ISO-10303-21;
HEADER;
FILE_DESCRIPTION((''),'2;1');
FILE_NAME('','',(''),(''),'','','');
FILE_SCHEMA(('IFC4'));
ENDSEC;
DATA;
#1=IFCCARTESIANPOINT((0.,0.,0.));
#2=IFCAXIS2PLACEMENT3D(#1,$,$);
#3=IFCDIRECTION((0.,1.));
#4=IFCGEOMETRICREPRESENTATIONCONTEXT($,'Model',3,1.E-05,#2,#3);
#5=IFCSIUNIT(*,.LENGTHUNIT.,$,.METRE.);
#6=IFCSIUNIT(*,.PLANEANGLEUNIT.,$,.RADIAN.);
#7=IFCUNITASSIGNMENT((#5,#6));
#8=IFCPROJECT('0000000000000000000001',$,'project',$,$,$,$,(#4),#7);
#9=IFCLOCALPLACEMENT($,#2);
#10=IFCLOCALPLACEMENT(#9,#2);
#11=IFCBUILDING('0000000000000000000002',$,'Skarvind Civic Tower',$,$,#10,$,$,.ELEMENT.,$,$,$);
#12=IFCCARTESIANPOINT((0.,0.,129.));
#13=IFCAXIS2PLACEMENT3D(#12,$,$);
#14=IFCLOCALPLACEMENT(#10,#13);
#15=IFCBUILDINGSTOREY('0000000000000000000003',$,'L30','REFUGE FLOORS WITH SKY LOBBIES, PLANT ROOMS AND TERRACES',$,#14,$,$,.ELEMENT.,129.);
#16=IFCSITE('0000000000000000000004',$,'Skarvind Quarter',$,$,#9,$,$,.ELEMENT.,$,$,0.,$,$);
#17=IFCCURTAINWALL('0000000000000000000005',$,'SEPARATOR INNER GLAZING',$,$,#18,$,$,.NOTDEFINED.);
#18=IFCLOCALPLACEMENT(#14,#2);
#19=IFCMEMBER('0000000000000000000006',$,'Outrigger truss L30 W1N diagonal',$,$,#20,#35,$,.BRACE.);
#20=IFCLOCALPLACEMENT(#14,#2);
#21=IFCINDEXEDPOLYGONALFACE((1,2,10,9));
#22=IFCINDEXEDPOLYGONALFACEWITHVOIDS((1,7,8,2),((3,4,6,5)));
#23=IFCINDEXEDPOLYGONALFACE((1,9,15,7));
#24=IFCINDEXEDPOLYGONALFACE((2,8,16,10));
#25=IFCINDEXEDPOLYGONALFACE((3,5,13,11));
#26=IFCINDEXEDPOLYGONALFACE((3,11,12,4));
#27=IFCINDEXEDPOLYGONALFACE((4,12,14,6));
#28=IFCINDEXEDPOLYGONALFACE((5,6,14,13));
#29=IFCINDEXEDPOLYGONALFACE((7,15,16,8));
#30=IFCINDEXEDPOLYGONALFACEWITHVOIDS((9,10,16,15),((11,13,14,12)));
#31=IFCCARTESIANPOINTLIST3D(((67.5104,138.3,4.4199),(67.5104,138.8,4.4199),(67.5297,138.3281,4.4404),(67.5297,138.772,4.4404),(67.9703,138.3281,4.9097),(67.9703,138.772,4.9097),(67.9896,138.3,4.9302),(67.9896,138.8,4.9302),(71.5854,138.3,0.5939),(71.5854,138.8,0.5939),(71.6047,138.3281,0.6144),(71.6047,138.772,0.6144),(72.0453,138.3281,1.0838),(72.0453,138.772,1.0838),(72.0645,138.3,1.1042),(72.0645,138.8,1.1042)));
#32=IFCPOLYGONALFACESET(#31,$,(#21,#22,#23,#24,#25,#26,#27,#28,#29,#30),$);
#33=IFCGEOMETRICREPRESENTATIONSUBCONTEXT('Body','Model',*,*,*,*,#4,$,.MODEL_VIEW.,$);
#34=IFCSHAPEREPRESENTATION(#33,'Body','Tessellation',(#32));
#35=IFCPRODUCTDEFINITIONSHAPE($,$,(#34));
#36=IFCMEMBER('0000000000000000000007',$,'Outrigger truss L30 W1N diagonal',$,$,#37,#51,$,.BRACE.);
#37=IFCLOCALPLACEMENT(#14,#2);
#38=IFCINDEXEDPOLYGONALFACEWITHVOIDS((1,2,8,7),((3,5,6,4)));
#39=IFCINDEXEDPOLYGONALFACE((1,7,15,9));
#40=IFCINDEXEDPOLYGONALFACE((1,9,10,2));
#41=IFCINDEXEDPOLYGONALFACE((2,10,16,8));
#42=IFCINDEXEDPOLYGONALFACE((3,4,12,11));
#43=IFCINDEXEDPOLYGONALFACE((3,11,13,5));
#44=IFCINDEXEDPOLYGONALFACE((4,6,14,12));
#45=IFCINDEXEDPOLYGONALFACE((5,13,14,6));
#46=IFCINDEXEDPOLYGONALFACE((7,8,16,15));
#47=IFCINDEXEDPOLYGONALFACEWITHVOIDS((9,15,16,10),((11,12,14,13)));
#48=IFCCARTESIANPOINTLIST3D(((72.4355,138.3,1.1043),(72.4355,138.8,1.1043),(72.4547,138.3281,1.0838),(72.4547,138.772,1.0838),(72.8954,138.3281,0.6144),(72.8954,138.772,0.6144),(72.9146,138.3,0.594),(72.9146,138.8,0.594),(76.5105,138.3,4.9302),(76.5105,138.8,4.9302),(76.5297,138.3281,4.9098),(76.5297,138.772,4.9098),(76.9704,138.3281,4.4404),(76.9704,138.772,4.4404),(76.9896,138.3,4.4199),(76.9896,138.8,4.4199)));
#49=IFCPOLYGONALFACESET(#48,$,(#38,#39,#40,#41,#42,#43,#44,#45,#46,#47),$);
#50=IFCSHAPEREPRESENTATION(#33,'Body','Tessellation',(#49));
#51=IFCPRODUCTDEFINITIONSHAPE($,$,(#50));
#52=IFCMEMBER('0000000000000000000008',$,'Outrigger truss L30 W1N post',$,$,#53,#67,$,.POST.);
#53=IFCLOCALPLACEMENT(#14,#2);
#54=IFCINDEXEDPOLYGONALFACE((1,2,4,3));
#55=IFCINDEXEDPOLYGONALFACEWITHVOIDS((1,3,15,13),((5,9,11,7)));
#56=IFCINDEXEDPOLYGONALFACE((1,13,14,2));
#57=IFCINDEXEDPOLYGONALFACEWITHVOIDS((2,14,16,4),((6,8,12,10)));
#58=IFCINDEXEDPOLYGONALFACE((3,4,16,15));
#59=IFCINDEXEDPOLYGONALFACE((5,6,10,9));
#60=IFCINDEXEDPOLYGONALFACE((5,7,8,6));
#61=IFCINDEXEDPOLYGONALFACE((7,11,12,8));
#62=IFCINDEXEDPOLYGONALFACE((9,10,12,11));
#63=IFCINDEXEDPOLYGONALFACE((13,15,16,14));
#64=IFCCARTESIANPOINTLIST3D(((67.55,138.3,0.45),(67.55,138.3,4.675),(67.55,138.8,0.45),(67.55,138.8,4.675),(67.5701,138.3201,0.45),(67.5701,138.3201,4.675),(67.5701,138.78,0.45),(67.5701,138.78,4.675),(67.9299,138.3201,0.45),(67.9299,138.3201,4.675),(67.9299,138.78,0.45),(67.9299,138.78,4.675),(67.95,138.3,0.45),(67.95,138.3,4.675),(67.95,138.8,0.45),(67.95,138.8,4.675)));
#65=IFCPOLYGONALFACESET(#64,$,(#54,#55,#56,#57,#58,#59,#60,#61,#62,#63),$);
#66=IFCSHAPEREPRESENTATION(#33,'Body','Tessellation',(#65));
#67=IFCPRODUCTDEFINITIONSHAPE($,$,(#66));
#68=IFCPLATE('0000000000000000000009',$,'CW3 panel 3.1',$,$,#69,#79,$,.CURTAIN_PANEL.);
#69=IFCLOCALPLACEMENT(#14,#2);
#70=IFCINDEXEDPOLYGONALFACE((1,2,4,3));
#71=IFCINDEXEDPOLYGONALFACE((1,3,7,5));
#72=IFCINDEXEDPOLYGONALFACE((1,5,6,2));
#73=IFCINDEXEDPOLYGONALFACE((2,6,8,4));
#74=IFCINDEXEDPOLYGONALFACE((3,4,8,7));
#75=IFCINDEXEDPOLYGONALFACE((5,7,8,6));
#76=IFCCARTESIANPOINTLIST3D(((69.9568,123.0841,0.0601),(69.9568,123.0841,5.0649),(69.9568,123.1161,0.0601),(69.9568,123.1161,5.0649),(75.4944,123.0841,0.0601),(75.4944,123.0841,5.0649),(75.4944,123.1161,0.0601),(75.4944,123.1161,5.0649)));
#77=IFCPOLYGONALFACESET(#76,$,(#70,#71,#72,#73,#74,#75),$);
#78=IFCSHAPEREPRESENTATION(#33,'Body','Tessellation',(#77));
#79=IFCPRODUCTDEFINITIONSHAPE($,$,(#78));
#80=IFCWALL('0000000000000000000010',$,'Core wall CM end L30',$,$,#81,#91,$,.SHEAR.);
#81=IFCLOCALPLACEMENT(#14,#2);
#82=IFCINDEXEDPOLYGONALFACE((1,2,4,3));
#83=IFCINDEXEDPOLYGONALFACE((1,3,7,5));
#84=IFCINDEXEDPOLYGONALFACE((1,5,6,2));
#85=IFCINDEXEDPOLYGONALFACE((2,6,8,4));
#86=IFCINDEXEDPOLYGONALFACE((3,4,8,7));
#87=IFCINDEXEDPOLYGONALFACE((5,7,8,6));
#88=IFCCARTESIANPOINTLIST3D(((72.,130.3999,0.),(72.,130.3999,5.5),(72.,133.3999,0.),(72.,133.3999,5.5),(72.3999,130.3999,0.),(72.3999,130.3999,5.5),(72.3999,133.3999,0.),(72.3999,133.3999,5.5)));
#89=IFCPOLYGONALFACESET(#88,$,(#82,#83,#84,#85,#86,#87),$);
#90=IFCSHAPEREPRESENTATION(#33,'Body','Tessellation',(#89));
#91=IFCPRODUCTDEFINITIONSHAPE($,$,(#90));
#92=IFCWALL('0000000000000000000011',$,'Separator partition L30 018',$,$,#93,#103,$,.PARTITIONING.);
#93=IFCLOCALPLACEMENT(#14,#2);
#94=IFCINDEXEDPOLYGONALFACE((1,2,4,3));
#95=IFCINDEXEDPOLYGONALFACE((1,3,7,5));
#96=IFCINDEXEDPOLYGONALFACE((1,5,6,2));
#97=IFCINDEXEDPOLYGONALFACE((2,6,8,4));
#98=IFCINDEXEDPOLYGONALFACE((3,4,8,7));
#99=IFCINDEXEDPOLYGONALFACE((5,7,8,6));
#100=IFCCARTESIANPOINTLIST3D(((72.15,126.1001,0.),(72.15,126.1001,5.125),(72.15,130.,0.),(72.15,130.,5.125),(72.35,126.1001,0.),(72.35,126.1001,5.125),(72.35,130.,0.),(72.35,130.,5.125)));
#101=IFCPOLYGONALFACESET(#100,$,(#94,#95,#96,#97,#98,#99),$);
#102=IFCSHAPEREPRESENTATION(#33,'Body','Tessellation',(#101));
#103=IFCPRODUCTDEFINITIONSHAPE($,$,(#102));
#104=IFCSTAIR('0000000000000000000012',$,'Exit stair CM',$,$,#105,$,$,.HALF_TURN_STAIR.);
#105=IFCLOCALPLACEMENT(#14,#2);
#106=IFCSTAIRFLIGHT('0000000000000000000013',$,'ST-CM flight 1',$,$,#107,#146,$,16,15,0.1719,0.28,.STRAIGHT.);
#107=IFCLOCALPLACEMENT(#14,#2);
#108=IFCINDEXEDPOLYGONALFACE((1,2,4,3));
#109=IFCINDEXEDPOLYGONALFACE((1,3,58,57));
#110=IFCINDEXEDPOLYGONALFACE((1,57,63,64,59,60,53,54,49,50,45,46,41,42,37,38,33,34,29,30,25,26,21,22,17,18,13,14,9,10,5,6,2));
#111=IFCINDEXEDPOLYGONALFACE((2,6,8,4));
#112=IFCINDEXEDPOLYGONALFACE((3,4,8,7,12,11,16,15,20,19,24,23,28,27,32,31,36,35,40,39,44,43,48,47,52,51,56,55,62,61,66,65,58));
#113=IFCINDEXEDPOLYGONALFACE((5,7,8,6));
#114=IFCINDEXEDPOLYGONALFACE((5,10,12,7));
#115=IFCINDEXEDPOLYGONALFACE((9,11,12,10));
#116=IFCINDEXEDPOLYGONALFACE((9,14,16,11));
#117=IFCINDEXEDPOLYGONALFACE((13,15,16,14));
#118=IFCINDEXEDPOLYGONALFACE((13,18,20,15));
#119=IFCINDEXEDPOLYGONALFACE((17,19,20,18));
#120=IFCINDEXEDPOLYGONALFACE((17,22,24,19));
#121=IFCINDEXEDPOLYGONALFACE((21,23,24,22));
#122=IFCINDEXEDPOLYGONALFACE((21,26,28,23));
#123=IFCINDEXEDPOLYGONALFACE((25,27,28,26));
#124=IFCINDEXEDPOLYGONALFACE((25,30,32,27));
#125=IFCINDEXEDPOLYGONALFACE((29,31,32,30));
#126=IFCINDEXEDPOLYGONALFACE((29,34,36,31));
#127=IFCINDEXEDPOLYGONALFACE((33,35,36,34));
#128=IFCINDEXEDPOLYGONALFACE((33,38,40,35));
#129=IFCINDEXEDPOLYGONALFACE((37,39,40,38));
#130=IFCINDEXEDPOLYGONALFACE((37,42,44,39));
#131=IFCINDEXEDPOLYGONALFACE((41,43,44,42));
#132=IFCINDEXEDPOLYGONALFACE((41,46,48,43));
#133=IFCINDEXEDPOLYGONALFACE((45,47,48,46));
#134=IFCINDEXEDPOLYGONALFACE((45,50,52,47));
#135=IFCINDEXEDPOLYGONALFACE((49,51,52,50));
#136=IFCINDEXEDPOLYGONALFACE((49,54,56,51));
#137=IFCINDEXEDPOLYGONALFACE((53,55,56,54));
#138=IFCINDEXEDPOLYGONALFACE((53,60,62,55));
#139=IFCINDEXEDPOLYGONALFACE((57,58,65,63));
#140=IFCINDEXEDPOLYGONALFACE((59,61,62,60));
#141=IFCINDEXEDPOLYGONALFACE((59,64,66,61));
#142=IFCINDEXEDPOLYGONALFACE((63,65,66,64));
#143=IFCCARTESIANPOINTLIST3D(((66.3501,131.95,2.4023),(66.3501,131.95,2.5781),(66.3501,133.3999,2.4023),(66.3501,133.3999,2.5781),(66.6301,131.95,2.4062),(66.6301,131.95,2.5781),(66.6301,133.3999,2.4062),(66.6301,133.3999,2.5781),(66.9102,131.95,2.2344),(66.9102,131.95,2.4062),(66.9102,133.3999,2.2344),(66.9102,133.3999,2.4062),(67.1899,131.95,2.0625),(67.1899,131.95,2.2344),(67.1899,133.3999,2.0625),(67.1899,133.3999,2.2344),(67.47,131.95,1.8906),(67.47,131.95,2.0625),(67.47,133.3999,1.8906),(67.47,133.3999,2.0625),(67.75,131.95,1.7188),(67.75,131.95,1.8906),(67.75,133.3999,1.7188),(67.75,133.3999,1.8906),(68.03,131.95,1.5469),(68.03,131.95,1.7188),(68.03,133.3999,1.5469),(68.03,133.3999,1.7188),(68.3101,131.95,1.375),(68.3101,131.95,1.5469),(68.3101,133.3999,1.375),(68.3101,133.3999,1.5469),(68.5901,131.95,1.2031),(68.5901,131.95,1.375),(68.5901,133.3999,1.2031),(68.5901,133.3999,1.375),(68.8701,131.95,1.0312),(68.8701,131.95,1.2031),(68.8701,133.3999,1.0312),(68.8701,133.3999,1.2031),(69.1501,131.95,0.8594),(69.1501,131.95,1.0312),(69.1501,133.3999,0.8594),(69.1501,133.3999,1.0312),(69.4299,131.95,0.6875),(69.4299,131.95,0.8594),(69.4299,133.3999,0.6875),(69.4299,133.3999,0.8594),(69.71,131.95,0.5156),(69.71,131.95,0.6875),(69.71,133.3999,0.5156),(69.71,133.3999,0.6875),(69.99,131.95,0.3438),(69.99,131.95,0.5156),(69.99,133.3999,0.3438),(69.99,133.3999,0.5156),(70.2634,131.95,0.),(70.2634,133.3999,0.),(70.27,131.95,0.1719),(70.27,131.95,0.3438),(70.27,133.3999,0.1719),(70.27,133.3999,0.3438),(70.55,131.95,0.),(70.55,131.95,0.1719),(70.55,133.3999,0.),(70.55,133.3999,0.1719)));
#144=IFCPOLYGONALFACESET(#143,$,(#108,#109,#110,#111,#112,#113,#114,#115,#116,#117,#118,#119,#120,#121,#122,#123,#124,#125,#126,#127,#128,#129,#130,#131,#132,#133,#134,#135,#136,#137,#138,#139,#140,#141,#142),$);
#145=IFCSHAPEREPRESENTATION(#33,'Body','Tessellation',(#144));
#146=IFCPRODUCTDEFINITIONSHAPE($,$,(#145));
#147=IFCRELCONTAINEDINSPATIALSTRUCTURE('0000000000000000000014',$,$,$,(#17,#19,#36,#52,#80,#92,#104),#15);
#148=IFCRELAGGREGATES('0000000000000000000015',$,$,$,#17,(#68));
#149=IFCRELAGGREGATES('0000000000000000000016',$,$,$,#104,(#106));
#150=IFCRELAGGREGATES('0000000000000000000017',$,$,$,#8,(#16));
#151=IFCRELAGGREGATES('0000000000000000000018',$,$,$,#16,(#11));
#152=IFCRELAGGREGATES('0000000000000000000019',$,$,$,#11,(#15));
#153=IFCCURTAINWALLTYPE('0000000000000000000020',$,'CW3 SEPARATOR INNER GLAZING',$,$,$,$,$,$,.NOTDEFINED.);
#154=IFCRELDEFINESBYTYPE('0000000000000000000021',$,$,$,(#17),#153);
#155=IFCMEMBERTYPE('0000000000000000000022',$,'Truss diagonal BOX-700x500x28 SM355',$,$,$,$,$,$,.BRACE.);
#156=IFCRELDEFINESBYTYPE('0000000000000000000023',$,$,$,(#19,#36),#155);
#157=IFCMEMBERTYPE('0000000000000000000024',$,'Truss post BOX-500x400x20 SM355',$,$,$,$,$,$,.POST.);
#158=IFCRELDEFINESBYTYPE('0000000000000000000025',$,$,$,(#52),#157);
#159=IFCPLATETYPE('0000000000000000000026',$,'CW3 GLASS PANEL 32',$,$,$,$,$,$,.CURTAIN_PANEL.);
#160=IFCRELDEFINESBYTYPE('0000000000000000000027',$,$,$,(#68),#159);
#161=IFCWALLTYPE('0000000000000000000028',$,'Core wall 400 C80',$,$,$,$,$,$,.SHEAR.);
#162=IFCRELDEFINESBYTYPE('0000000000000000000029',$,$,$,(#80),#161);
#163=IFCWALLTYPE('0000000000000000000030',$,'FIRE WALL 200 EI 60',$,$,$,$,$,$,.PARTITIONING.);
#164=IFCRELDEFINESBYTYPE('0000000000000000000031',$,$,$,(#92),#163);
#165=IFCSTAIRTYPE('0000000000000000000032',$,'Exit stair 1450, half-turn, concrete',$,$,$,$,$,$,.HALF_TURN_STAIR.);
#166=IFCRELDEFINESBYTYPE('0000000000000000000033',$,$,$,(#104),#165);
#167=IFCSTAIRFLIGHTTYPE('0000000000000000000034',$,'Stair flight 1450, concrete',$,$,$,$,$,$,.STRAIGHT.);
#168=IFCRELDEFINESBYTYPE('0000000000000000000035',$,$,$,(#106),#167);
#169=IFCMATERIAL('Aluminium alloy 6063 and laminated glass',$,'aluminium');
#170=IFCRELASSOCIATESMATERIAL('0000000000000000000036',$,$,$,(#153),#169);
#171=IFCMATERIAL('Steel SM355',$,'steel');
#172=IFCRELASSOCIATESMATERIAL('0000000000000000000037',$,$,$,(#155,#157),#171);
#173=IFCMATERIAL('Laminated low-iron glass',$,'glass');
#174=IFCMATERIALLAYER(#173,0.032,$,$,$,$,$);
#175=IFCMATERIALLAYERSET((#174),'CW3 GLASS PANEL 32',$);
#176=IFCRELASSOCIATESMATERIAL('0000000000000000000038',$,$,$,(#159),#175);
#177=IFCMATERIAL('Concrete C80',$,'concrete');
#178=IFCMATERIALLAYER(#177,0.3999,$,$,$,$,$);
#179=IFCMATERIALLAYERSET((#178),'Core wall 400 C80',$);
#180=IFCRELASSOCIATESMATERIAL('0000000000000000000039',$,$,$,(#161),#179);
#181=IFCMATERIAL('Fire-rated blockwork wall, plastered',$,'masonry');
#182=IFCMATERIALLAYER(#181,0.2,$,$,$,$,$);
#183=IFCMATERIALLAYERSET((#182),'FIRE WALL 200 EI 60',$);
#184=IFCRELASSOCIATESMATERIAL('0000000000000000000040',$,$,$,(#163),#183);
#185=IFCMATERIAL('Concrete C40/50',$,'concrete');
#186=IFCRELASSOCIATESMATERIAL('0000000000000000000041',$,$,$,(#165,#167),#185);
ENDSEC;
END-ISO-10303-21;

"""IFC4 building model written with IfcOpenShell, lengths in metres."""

from ifc_helpers import new_model, si_unit, direction, frame, frame_2d, origin, origin_2d, place, context, subcontext, project, spatial, polyline, rectangle, hollow_rectangle, outline, extrude, material, layer, layer_set, material_profile, profile_set, type_object, element, aggregate, save


model = new_model("IFC4")

# Units and contexts
model_context = context("Model", 3, precision=1e-05, world=origin(), true_north=direction((0.0, 1.0)))
body_context = subcontext(model_context, "Body", "Model", "MODEL_VIEW")
ifc_project = project(units=[si_unit("LENGTHUNIT", "METRE"), si_unit("PLANEANGLEUNIT", "RADIAN")], contexts=[model_context])

# Site, building, storey
site_placement = place(None, origin())
site = spatial("IfcSite", under=ifc_project, at=site_placement, Name="Skarvind Quarter", CompositionType="ELEMENT", RefElevation=0.0)
building_placement = place(site_placement, origin())
building = spatial("IfcBuilding", under=site, at=building_placement, Name="Skarvind Civic Tower", CompositionType="ELEMENT")
storey_placement = place(building_placement, frame((0.0, 0.0, 129.0)))
storey = spatial("IfcBuildingStorey", under=building, at=storey_placement, Name="L30", Description="REFUGE FLOORS WITH SKY LOBBIES, PLANT ROOMS AND TERRACES", CompositionType="ELEMENT", Elevation=129.0)

# Shared definitions
ifc_material_1 = material(Name="Concrete C80", Category="concrete")

# Curtain wall
ifc_material_2 = material(Name="Aluminium alloy 6063 and laminated glass", Category="aluminium")
curtain_wall_type = type_object("IfcCurtainWallType", Name="CW3 SEPARATOR INNER GLAZING", PredefinedType="NOTDEFINED", material=ifc_material_2)
curtain_wall_1_placement = place(storey_placement, origin())
curtain_wall_1 = element("IfcCurtainWall", 1, at=curtain_wall_1_placement, inside=storey, type_object=curtain_wall_type, Name="SEPARATOR INNER GLAZING", PredefinedType="NOTDEFINED")

# Members
ifc_material_3 = material(Name="Steel SM355", Category="steel")
ifc_material_profile_1 = material_profile(ifc_material_3, hollow_rectangle(XDim=0.5, YDim=0.7, WallThickness=0.0281, at=origin_2d()), Name="BOX-700x500x28")
ifc_profile_set_1 = profile_set([ifc_material_profile_1], Name="Steel SM355")
member_type_1 = type_object("IfcMemberType", Name="Truss diagonal BOX-700x500x28 SM355", PredefinedType="BRACE", material=ifc_profile_set_1)
for number, where, z_axis, x_axis, name in (
    (2, (67.75, 138.55, 4.675), (0.729032, 0.0, -0.68448), (0.0, 1.0, 0.0), "Outrigger truss L30 W1N diagonal"),
    (3, (72.675, 138.55, 0.8491), (0.729032, 0.0, 0.68448), (0.0, 1.0, 0.0), "Outrigger truss L30 W1N diagonal"),
):
    element("IfcMember", number, at=place(storey_placement, frame(where, z_axis=z_axis, x_axis=x_axis)), inside=storey, type_object=member_type_1, Name=name, PredefinedType="BRACE", context=body_context, shape_type="SweptSolid", body=[
        extrude(hollow_rectangle(XDim=0.5, YDim=0.7, WallThickness=0.0281, at=origin_2d()), origin(), (0.0, 0.0, 1.0), 5.5896),
    ])
ifc_material_profile_2 = material_profile(ifc_material_3, hollow_rectangle(XDim=0.3999, YDim=0.5, WallThickness=0.02, at=origin_2d()), Name="BOX-500x400x20")
ifc_profile_set_2 = profile_set([ifc_material_profile_2], Name="Steel SM355")
member_type_2 = type_object("IfcMemberType", Name="Truss post BOX-500x400x20 SM355", PredefinedType="POST", material=ifc_profile_set_2)
member_1_placement = place(storey_placement, frame((67.75, 138.55, 0.45), z_axis=(0.0, 0.0, 1.0), x_axis=(1.0, 0.0, 0.0)))
element("IfcMember", 4, at=member_1_placement, inside=storey, type_object=member_type_2, Name="Outrigger truss L30 W1N post", PredefinedType="POST", context=body_context, shape_type="SweptSolid", body=[
    extrude(hollow_rectangle(XDim=0.3999, YDim=0.5, WallThickness=0.02, at=origin_2d()), origin(), (0.0, 0.0, 1.0), 4.2251),
])

# Plate
ifc_material_4 = material(Name="Laminated low-iron glass", Category="glass")
ifc_layer_1 = layer(ifc_material_4, 0.032)
ifc_layer_set_1 = layer_set([ifc_layer_1], Name="CW3 GLASS PANEL 32")
plate_type = type_object("IfcPlateType", Name="CW3 GLASS PANEL 32", PredefinedType="CURTAIN_PANEL", material=ifc_layer_set_1)
plate_placement = place(storey_placement, frame((72.7256, 123.1001, 0.0601), z_axis=(0.0, 0.0, 1.0), x_axis=(-1.0, 0.0, 0.0)))
plate = element("IfcPlate", 5, at=plate_placement, type_object=plate_type, Name="CW3 panel 3.1", PredefinedType="CURTAIN_PANEL", context=body_context, shape_type="SweptSolid", body=[
    extrude(rectangle(XDim=5.5376, YDim=0.032, at=origin_2d()), origin(), (0.0, 0.0, 1.0), 5.0049),
])
aggregate(curtain_wall_1, [plate])

# Walls
ifc_layer_2 = layer(ifc_material_1, 0.3999)
ifc_layer_set_2 = layer_set([ifc_layer_2], Name="Core wall 400 C80")
wall_type_1 = type_object("IfcWallType", Name="Core wall 400 C80", PredefinedType="SHEAR", material=ifc_layer_set_2)
wall_1_placement = place(storey_placement, frame((72.2, 130.3999, 0.0), z_axis=(0.0, 0.0, 1.0), x_axis=(0.0, 1.0, 0.0)))
element("IfcWall", 6, at=wall_1_placement, inside=storey, type_object=wall_type_1, Name="Core wall CM end L30", PredefinedType="SHEAR", context=body_context, shape_type="SweptSolid", body=[
    extrude(rectangle(XDim=3.0, YDim=0.3999, at=frame_2d((1.5, 0.0))), origin(), (0.0, 0.0, 1.0), 5.5),
])
ifc_material_5 = material(Name="Fire-rated blockwork wall, plastered", Category="masonry")
ifc_layer_3 = layer(ifc_material_5, 0.2)
ifc_layer_set_3 = layer_set([ifc_layer_3], Name="FIRE WALL 200 EI 60")
wall_type_2 = type_object("IfcWallType", Name="FIRE WALL 200 EI 60", PredefinedType="PARTITIONING", material=ifc_layer_set_3)
wall_2_placement = place(storey_placement, frame((72.25, 126.1001, 0.0), z_axis=(0.0, 0.0, 1.0), x_axis=(0.0, 1.0, 0.0)))
element("IfcWall", 7, at=wall_2_placement, inside=storey, type_object=wall_type_2, Name="Separator partition L30 018", PredefinedType="PARTITIONING", context=body_context, shape_type="SweptSolid", body=[
    extrude(rectangle(XDim=3.8999, YDim=0.2, at=frame_2d((1.95, 0.0))), origin(), (0.0, 0.0, 1.0), 5.125),
])

# Stair, stair flight
ifc_material_6 = material(Name="Concrete C40/50", Category="concrete")
stair_type = type_object("IfcStairType", Name="Exit stair 1450, half-turn, concrete", PredefinedType="HALF_TURN_STAIR", material=ifc_material_6)
stair_placement = place(storey_placement, origin())
stair = element("IfcStair", 8, at=stair_placement, inside=storey, type_object=stair_type, Name="Exit stair CM", PredefinedType="HALF_TURN_STAIR")
stair_flight_type = type_object("IfcStairFlightType", Name="Stair flight 1450, concrete", PredefinedType="STRAIGHT", material=ifc_material_6)
stair_flight_1_placement = place(storey_placement, frame((70.55, 132.675, 0.0), z_axis=(0.0, 0.0, 1.0), x_axis=(-1.0, 0.0, 0.0)))
stair_flight_1 = element("IfcStairFlight", 9, at=stair_flight_1_placement, type_object=stair_flight_type, Name="ST-CM flight 1", NumberOfRisers=16, NumberOfTreads=15, PredefinedType="STRAIGHT", RiserHeight=0.1719, TreadLength=0.28, context=body_context, shape_type="SweptSolid", body=[
    extrude(outline(polyline([(0.0, 0.0), (0.0, 0.1719), (0.28, 0.1719), (0.28, 0.3438), (0.5601, 0.3438), (0.5601, 0.5156), (0.8401, 0.5156), (0.8401, 0.6875), (1.1201, 0.6875), (1.1201, 0.8594), (1.3999, 0.8594), (1.3999, 1.0312), (1.6799, 1.0312), (1.6799, 1.2031), (1.96, 1.2031), (1.96, 1.375), (2.24, 1.375), (2.24, 1.5469), (2.52, 1.5469), (2.52, 1.7188), (2.8, 1.7188), (2.8, 1.8906), (3.0801, 1.8906), (3.0801, 2.0625), (3.3601, 2.0625), (3.3601, 2.2344), (3.6399, 2.2344), (3.6399, 2.4062), (3.9199, 2.4062), (3.9199, 2.5781), (4.2, 2.5781), (4.2, 2.75), (4.2, 2.4023), (0.2866, 0.0), (0.0, 0.0)])), frame((0.0, 0.7251, 0.0), z_axis=(0.0, -1.0, 0.0), x_axis=(1.0, 0.0, 0.0)), (0.0, 0.0, 1.0), 1.45),
])
aggregate(stair, [stair_flight_1])

save(model, "model.ifc")
